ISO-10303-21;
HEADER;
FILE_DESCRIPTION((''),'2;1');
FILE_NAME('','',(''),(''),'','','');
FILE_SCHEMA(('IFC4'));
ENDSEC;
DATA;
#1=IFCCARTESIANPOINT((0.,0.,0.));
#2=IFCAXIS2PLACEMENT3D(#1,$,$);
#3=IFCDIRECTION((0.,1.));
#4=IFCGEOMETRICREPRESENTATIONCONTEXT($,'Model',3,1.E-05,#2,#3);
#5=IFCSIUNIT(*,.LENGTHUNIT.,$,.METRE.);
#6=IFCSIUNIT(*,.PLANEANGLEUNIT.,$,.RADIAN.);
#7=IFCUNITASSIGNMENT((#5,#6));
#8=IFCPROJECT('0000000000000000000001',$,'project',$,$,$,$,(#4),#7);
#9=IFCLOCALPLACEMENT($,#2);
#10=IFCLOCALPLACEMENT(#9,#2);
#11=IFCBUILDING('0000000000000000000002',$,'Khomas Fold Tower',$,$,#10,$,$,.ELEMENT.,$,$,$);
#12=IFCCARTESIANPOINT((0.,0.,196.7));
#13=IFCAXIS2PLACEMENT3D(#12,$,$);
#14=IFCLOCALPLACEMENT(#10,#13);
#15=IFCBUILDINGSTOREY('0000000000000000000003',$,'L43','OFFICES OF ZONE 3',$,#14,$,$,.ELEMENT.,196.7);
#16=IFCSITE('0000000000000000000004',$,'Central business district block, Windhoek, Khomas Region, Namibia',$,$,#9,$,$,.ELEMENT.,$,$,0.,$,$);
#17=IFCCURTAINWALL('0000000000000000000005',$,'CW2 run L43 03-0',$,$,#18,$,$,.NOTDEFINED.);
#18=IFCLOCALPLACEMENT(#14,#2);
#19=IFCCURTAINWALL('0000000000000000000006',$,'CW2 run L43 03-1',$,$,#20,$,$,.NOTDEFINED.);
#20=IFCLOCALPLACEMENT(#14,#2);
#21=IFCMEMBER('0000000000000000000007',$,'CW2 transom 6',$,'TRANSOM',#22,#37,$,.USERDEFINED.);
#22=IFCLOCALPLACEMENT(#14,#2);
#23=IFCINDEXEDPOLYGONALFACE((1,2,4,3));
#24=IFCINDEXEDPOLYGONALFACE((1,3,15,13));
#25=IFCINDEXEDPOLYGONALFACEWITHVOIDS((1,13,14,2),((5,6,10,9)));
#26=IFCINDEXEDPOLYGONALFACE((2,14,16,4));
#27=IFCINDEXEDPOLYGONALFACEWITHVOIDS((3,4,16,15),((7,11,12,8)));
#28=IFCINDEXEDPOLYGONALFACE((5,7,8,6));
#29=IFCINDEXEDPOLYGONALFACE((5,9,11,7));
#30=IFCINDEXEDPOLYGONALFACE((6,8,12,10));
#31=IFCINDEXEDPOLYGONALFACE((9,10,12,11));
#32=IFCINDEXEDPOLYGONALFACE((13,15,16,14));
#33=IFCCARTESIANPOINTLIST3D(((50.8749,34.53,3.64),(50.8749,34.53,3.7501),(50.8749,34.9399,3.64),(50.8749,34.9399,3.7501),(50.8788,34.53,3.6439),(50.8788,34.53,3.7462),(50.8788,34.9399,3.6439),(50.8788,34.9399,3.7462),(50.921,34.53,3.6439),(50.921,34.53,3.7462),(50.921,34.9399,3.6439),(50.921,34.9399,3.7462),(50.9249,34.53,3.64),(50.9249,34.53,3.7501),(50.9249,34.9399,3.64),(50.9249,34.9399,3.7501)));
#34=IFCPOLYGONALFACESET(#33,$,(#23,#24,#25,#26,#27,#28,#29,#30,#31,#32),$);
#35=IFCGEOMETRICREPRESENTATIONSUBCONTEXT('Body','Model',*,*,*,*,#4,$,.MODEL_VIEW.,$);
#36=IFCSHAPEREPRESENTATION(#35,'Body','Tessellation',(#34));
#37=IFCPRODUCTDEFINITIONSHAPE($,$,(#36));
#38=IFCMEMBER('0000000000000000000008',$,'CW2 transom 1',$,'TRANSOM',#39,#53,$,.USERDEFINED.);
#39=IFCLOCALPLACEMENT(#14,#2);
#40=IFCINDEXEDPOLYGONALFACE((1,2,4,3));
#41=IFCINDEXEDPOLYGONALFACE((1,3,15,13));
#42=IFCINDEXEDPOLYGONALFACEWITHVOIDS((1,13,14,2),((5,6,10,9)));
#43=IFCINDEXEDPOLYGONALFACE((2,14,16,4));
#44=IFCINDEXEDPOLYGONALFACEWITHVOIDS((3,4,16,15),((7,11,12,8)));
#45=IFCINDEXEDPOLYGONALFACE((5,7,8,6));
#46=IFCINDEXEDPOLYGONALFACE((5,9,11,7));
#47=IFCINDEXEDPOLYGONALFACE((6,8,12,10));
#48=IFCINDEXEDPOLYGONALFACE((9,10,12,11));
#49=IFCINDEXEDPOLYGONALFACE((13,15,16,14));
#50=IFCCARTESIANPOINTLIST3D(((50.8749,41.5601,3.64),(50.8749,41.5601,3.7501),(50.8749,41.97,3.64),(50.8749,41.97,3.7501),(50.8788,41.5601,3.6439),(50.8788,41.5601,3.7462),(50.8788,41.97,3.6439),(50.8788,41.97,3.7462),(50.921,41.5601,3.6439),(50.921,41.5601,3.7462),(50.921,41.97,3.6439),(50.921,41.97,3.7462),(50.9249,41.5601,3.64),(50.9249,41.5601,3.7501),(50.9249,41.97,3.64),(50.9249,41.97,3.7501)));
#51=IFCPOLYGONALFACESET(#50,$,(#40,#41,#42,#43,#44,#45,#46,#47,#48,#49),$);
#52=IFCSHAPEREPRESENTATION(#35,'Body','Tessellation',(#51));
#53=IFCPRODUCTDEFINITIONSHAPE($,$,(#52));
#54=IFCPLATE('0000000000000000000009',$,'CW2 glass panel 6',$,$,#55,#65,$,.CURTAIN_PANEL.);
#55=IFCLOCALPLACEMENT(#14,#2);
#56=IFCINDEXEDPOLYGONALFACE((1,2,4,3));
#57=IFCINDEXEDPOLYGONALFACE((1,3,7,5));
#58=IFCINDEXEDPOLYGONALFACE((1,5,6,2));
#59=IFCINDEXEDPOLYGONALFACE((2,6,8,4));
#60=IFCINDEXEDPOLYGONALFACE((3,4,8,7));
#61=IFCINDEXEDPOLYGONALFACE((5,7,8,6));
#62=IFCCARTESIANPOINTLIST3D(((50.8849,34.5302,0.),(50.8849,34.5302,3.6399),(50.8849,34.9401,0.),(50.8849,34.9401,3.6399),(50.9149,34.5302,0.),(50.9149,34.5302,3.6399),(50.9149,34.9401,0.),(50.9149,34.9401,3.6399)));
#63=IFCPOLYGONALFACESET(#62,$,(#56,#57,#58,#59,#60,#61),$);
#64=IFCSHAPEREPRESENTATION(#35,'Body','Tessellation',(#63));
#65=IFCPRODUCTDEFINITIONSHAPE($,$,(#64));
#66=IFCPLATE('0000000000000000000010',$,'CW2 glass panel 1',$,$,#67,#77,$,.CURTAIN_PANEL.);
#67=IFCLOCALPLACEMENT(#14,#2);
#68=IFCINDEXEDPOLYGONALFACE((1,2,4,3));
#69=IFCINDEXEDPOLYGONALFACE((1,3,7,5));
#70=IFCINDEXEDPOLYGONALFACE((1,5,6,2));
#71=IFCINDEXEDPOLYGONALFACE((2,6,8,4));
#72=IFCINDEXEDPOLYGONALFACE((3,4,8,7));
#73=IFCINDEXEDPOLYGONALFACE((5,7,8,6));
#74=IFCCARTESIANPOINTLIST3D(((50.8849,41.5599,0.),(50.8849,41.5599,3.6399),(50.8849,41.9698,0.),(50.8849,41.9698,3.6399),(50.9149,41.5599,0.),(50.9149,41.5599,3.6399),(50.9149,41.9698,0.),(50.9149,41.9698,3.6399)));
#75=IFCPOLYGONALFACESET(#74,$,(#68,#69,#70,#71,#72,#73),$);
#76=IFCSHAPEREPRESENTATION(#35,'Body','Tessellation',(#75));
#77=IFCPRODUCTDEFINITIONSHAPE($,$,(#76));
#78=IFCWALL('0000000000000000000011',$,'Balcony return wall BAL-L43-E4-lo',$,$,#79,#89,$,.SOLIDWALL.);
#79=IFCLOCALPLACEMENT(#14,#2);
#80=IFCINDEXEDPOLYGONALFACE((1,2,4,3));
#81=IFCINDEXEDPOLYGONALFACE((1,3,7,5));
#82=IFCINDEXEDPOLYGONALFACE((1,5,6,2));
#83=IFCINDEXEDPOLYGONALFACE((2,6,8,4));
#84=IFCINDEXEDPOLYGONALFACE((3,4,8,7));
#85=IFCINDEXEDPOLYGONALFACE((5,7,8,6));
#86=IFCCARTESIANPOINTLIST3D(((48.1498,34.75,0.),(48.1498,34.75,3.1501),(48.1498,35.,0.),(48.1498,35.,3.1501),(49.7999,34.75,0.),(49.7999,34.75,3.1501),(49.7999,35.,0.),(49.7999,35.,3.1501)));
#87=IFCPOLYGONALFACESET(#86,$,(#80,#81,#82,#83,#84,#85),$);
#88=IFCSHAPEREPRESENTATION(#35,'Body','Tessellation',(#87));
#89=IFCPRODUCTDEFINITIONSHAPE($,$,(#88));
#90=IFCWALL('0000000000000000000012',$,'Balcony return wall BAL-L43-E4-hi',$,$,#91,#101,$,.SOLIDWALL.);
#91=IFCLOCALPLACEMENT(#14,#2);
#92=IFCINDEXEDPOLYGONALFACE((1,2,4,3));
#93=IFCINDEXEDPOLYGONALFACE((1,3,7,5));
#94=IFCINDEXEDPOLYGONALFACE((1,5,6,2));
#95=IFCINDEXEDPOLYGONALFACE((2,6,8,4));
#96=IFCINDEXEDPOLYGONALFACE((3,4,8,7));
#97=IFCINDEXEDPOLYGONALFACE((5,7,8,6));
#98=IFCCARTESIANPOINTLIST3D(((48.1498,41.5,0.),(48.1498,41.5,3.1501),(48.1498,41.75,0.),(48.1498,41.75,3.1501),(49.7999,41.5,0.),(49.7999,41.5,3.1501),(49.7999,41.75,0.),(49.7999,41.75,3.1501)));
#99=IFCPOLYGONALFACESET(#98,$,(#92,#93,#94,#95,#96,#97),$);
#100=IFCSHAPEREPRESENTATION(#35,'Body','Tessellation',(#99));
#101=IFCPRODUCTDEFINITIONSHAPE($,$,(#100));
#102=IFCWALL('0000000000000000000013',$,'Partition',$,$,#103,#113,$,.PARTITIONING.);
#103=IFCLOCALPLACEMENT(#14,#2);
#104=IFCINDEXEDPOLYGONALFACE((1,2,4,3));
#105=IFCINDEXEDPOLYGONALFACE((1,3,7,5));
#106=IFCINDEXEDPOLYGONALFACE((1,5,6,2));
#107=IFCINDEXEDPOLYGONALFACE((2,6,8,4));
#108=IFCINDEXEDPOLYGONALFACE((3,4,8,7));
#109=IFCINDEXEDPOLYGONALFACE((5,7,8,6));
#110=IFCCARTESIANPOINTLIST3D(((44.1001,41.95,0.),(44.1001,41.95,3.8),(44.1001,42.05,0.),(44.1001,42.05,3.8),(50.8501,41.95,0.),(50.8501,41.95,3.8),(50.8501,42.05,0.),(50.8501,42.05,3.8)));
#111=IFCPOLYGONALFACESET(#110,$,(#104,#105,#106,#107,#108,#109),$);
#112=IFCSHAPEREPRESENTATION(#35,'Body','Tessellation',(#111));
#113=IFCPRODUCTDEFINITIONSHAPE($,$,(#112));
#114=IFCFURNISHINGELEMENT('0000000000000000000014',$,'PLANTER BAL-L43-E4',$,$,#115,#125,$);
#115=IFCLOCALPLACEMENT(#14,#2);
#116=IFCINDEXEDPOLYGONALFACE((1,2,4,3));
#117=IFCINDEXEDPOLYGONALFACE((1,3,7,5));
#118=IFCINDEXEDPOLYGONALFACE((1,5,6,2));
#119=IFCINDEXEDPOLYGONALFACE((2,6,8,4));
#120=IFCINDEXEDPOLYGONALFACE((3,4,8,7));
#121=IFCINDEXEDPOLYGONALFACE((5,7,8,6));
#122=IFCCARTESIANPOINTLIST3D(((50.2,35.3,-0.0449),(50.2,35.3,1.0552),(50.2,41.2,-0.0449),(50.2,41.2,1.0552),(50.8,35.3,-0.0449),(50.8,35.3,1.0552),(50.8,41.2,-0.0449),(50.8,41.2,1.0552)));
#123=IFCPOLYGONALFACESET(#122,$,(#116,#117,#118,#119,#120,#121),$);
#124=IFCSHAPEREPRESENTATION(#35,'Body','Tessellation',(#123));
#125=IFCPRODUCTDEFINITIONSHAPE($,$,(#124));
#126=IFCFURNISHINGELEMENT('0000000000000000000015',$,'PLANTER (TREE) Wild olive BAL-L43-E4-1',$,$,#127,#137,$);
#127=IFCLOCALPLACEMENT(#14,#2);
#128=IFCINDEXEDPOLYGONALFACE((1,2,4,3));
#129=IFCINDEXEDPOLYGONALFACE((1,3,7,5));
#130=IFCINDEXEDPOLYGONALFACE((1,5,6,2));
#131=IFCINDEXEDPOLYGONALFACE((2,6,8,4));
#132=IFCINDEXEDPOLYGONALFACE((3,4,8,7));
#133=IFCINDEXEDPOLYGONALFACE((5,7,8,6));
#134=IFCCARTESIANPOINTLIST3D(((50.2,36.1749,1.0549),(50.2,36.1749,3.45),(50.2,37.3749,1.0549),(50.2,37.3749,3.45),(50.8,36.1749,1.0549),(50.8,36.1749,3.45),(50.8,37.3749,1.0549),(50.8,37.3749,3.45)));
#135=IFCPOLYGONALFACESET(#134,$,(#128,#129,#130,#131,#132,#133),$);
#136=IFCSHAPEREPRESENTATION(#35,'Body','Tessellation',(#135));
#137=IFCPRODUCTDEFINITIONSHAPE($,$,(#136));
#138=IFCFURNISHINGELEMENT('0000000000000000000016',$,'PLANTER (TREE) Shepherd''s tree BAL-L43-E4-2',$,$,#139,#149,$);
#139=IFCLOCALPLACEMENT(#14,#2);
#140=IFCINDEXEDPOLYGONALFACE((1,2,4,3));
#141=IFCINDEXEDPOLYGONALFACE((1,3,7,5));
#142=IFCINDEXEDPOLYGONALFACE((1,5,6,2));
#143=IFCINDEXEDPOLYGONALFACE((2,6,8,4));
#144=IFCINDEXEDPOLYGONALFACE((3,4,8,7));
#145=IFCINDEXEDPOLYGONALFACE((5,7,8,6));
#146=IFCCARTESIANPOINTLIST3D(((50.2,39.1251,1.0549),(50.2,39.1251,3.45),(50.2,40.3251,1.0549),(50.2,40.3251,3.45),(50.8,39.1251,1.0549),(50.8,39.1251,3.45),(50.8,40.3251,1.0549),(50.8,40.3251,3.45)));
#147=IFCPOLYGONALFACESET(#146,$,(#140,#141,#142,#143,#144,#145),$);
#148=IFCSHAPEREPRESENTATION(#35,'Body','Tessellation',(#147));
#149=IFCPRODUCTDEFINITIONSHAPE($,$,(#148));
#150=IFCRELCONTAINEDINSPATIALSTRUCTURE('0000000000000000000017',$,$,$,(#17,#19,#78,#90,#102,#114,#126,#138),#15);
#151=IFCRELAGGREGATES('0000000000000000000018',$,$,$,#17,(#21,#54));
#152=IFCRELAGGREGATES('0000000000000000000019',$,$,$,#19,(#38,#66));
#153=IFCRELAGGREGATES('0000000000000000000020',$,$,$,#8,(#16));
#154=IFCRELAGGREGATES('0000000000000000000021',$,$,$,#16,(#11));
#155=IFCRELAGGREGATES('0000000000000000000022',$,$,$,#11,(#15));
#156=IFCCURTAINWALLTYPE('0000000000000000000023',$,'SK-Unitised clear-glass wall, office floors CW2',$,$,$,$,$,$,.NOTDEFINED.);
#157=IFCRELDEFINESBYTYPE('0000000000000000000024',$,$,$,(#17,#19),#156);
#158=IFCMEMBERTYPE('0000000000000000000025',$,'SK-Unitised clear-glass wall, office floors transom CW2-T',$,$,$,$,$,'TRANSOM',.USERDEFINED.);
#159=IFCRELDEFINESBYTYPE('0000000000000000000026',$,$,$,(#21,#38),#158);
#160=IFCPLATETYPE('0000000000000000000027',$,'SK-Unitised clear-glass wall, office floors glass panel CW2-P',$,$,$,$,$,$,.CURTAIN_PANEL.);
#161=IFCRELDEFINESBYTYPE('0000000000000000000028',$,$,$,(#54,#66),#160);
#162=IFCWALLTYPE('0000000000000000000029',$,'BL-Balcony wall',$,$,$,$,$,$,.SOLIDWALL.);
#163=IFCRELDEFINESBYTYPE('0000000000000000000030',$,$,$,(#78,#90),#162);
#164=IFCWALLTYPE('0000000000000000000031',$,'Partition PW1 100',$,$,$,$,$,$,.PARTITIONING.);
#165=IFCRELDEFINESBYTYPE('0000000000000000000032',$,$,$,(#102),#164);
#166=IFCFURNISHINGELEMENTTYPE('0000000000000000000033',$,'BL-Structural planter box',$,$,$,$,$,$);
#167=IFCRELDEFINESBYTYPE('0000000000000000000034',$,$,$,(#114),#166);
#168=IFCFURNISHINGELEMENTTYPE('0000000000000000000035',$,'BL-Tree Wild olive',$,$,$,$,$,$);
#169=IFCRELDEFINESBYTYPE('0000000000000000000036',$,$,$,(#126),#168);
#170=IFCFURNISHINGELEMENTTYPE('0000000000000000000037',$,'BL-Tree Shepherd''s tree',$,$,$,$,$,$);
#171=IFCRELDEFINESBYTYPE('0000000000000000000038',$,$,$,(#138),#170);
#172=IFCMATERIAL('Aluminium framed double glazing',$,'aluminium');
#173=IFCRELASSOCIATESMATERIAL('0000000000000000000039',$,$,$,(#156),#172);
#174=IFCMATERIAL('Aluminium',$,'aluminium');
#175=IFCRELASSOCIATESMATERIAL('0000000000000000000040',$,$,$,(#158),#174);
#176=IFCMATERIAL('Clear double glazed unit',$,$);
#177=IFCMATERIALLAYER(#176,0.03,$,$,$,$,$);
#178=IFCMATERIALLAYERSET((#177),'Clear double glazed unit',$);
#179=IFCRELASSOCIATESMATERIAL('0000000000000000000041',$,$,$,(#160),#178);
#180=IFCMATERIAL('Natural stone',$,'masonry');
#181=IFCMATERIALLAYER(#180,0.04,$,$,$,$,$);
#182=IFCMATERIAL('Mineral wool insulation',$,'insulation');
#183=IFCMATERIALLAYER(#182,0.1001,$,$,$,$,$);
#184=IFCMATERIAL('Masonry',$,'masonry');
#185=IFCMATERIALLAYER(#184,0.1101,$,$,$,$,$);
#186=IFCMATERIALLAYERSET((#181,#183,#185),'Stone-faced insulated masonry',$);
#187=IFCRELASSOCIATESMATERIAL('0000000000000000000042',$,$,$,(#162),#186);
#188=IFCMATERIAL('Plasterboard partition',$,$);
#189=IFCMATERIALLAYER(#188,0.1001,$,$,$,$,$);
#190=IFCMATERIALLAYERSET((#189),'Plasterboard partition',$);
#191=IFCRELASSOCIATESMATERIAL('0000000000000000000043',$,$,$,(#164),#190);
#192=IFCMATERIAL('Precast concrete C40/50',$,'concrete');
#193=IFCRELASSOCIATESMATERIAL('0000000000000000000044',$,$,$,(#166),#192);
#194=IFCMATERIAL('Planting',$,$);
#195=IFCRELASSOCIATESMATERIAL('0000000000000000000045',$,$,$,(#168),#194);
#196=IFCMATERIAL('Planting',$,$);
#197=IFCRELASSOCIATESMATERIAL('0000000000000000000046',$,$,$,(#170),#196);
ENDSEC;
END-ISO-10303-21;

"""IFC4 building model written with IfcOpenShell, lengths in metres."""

from ifc_helpers import new_model, si_unit, direction, frame, frame_2d, origin, origin_2d, place, context, subcontext, project, spatial, rectangle, hollow_rectangle, extrude, source, transform, mapped, material, layer, layer_set, material_profile, profile_set, type_object, element, aggregate, save


model = new_model("IFC4")

# Units and contexts
model_context = context("Model", 3, precision=1e-05, world=origin(), true_north=direction((0.0, 1.0)))
body_context = subcontext(model_context, "Body", "Model", "MODEL_VIEW")
ifc_project = project(units=[si_unit("LENGTHUNIT", "METRE"), si_unit("PLANEANGLEUNIT", "RADIAN")], contexts=[model_context])

# Site, building, storey
site_placement = place(None, origin())
site = spatial("IfcSite", under=ifc_project, at=site_placement, Name="Central business district block, Windhoek, Khomas Region, Namibia", CompositionType="ELEMENT", RefElevation=0.0)
building_placement = place(site_placement, origin())
building = spatial("IfcBuilding", under=site, at=building_placement, Name="Khomas Fold Tower", CompositionType="ELEMENT")
storey_placement = place(building_placement, frame((0.0, 0.0, 196.7)))
storey = spatial("IfcBuildingStorey", under=building, at=storey_placement, Name="L43", Description="OFFICES OF ZONE 3", CompositionType="ELEMENT", Elevation=196.7)

# Curtain walls
ifc_material_1 = material(Name="Aluminium framed double glazing", Category="aluminium")
curtain_wall_type = type_object("IfcCurtainWallType", Name="SK-Unitised clear-glass wall, office floors CW2", PredefinedType="NOTDEFINED", material=ifc_material_1)
curtain_wall_1_placement = place(storey_placement, origin())
curtain_wall_1 = element("IfcCurtainWall", 1, at=curtain_wall_1_placement, inside=storey, type_object=curtain_wall_type, Name="CW2 run L43 03-0", PredefinedType="NOTDEFINED")
curtain_wall_2_placement = place(storey_placement, origin())
curtain_wall_2 = element("IfcCurtainWall", 2, at=curtain_wall_2_placement, inside=storey, type_object=curtain_wall_type, Name="CW2 run L43 03-1", PredefinedType="NOTDEFINED")
ifc_material_2 = material(Name="Aluminium", Category="aluminium")
ifc_material_profile_1 = material_profile(ifc_material_2, hollow_rectangle(XDim=0.05, YDim=0.1101, WallThickness=0.0039, at=origin_2d()), Name="SK-Unitised clear-glass wall, office floors transom CW2-T")
ifc_profile_set_1 = profile_set([ifc_material_profile_1], Name="Aluminium")
member_type_1 = type_object("IfcMemberType", Name="SK-Unitised clear-glass wall, office floors transom CW2-T", ElementType="TRANSOM", PredefinedType="USERDEFINED", material=ifc_profile_set_1)

# Members
shared_shape_1 = source(origin(), body_context, "Body", "SweptSolid", [
    extrude(hollow_rectangle(XDim=0.05, YDim=0.1101, WallThickness=0.0039, at=origin_2d()), origin(), (0.0, 0.0, 1.0), 0.4099),
])
member_1_placement = place(storey_placement, frame((50.8999, 34.53, 3.6951), z_axis=(0.0, 1.0, 0.0), x_axis=(-1.0, 0.0, 0.0)))
member_1 = element("IfcMember", 3, at=member_1_placement, type_object=member_type_1, Name="CW2 transom 6", ObjectType="TRANSOM", PredefinedType="USERDEFINED", context=body_context, shape_type="MappedRepresentation", body=[
    mapped(shared_shape_1, transform((0.0, 0.0, 0.0))),
])
member_2_placement = place(storey_placement, frame((50.8999, 41.5601, 3.6951), z_axis=(0.0, 1.0, 0.0), x_axis=(-1.0, 0.0, 0.0)))
member_2 = element("IfcMember", 4, at=member_2_placement, type_object=member_type_1, Name="CW2 transom 1", ObjectType="TRANSOM", PredefinedType="USERDEFINED", context=body_context, shape_type="MappedRepresentation", body=[
    mapped(shared_shape_1, transform((0.0, 0.0, 0.0))),
])

# Plates
ifc_material_3 = material(Name="Clear double glazed unit")
ifc_layer_1 = layer(ifc_material_3, 0.03)
ifc_layer_set_1 = layer_set([ifc_layer_1], Name="Clear double glazed unit")
plate_type = type_object("IfcPlateType", Name="SK-Unitised clear-glass wall, office floors glass panel CW2-P", PredefinedType="CURTAIN_PANEL", material=ifc_layer_set_1)
shared_shape_2 = source(origin(), body_context, "Body", "SweptSolid", [
    extrude(rectangle(XDim=0.4099, YDim=0.03, at=origin_2d()), origin(), (0.0, 0.0, 1.0), 3.6399),
])
plate_1_placement = place(storey_placement, frame((50.8999, 34.7351, 0.0), z_axis=(0.0, 0.0, 1.0), x_axis=(0.0, 1.0, 0.0)))
plate_1 = element("IfcPlate", 5, at=plate_1_placement, type_object=plate_type, Name="CW2 glass panel 6", PredefinedType="CURTAIN_PANEL", context=body_context, shape_type="MappedRepresentation", body=[
    mapped(shared_shape_2, transform((0.0, 0.0, 0.0))),
])
aggregate(curtain_wall_1, [member_1, plate_1])
plate_2_placement = place(storey_placement, frame((50.8999, 41.7649, 0.0), z_axis=(0.0, 0.0, 1.0), x_axis=(0.0, 1.0, 0.0)))
plate_2 = element("IfcPlate", 6, at=plate_2_placement, type_object=plate_type, Name="CW2 glass panel 1", PredefinedType="CURTAIN_PANEL", context=body_context, shape_type="MappedRepresentation", body=[
    mapped(shared_shape_2, transform((0.0, 0.0, 0.0))),
])
aggregate(curtain_wall_2, [member_2, plate_2])

# Shared definitions
ifc_material_4 = material(Name="Natural stone", Category="masonry")
ifc_layer_2 = layer(ifc_material_4, 0.04)
ifc_material_5 = material(Name="Mineral wool insulation", Category="insulation")
ifc_layer_3 = layer(ifc_material_5, 0.1001)
ifc_material_6 = material(Name="Masonry", Category="masonry")
ifc_layer_4 = layer(ifc_material_6, 0.1101)
ifc_layer_set_2 = layer_set([ifc_layer_2, ifc_layer_3, ifc_layer_4], Name="Stone-faced insulated masonry")
wall_type_1 = type_object("IfcWallType", Name="BL-Balcony wall", PredefinedType="SOLIDWALL", material=ifc_layer_set_2)

# Walls
shared_shape_3 = source(origin(), body_context, "Body", "SweptSolid", [
    extrude(rectangle(XDim=1.6501, YDim=0.25, at=frame_2d((0.8252, 0.0))), origin(), (0.0, 0.0, 1.0), 3.1501),
])
for number, where, z_axis, x_axis, name in (
    (7, (49.8, 34.875, 0.0), (0.0, 0.0, 1.0), (-1.0, 0.0, 0.0), "Balcony return wall BAL-L43-E4-lo"),
    (8, (49.8, 41.625, 0.0), (0.0, 0.0, 1.0), (-1.0, 0.0, 0.0), "Balcony return wall BAL-L43-E4-hi"),
):
    element("IfcWall", number, at=place(storey_placement, frame(where, z_axis=z_axis, x_axis=x_axis)), inside=storey, type_object=wall_type_1, Name=name, PredefinedType="SOLIDWALL", context=body_context, shape_type="MappedRepresentation", body=[
        mapped(shared_shape_3, transform((0.0, 0.0, 0.0))),
    ])
ifc_material_7 = material(Name="Plasterboard partition")
ifc_layer_5 = layer(ifc_material_7, 0.1001)
ifc_layer_set_3 = layer_set([ifc_layer_5], Name="Plasterboard partition")
wall_type_2 = type_object("IfcWallType", Name="Partition PW1 100", PredefinedType="PARTITIONING", material=ifc_layer_set_3)
shared_shape_4 = source(origin(), body_context, "Body", "SweptSolid", [
    extrude(rectangle(XDim=6.75, YDim=0.1001, at=frame_2d((3.375, 0.0))), origin(), (0.0, 0.0, 1.0), 3.8),
])
wall_1_placement = place(storey_placement, frame((44.1001, 42.0, 0.0), z_axis=(0.0, 0.0, 1.0), x_axis=(1.0, 0.0, 0.0)))
element("IfcWall", 9, at=wall_1_placement, inside=storey, type_object=wall_type_2, Name="Partition", PredefinedType="PARTITIONING", context=body_context, shape_type="MappedRepresentation", body=[
    mapped(shared_shape_4, transform((0.0, 0.0, 0.0))),
])

# Furnishing elements
ifc_material_8 = material(Name="Precast concrete C40/50", Category="concrete")
furnishing_element_type_1 = type_object("IfcFurnishingElementType", Name="BL-Structural planter box", material=ifc_material_8)
shared_shape_5 = source(origin(), body_context, "Body", "SweptSolid", [
    extrude(rectangle(XDim=5.8999, YDim=0.6001, at=origin_2d()), origin(), (0.0, 0.0, 1.0), 1.1001),
])
furnishing_1_placement = place(storey_placement, frame((50.5, 38.25, -0.0449), z_axis=(0.0, 0.0, 1.0), x_axis=(0.0, 1.0, 0.0)))
element("IfcFurnishingElement", 10, at=furnishing_1_placement, inside=storey, type_object=furnishing_element_type_1, Name="PLANTER BAL-L43-E4", context=body_context, shape_type="MappedRepresentation", body=[
    mapped(shared_shape_5, transform((0.0, 0.0, 0.0))),
])
ifc_material_9 = material(Name="Planting")
furnishing_element_type_2 = type_object("IfcFurnishingElementType", Name="BL-Tree Wild olive", material=ifc_material_9)
shared_shape_6 = source(origin(), body_context, "Body", "SweptSolid", [
    extrude(rectangle(XDim=1.2, YDim=0.6001, at=origin_2d()), origin(), (0.0, 0.0, 1.0), 2.395),
])
furnishing_2_placement = place(storey_placement, frame((50.5, 36.7749, 1.0549), z_axis=(0.0, 0.0, 1.0), x_axis=(0.0, 1.0, 0.0)))
element("IfcFurnishingElement", 11, at=furnishing_2_placement, inside=storey, type_object=furnishing_element_type_2, Name="PLANTER (TREE) Wild olive BAL-L43-E4-1", context=body_context, shape_type="MappedRepresentation", body=[
    mapped(shared_shape_6, transform((0.0, 0.0, 0.0))),
])
ifc_material_10 = material(Name="Planting")
furnishing_element_type_3 = type_object("IfcFurnishingElementType", Name="BL-Tree Shepherd's tree", material=ifc_material_10)
furnishing_3_placement = place(storey_placement, frame((50.5, 39.7251, 1.0549), z_axis=(0.0, 0.0, 1.0), x_axis=(0.0, 1.0, 0.0)))
element("IfcFurnishingElement", 12, at=furnishing_3_placement, inside=storey, type_object=furnishing_element_type_3, Name="PLANTER (TREE) Shepherd's tree BAL-L43-E4-2", context=body_context, shape_type="MappedRepresentation", body=[
    mapped(shared_shape_6, transform((0.0, 0.0, 0.0))),
])

save(model, "model.ifc")
